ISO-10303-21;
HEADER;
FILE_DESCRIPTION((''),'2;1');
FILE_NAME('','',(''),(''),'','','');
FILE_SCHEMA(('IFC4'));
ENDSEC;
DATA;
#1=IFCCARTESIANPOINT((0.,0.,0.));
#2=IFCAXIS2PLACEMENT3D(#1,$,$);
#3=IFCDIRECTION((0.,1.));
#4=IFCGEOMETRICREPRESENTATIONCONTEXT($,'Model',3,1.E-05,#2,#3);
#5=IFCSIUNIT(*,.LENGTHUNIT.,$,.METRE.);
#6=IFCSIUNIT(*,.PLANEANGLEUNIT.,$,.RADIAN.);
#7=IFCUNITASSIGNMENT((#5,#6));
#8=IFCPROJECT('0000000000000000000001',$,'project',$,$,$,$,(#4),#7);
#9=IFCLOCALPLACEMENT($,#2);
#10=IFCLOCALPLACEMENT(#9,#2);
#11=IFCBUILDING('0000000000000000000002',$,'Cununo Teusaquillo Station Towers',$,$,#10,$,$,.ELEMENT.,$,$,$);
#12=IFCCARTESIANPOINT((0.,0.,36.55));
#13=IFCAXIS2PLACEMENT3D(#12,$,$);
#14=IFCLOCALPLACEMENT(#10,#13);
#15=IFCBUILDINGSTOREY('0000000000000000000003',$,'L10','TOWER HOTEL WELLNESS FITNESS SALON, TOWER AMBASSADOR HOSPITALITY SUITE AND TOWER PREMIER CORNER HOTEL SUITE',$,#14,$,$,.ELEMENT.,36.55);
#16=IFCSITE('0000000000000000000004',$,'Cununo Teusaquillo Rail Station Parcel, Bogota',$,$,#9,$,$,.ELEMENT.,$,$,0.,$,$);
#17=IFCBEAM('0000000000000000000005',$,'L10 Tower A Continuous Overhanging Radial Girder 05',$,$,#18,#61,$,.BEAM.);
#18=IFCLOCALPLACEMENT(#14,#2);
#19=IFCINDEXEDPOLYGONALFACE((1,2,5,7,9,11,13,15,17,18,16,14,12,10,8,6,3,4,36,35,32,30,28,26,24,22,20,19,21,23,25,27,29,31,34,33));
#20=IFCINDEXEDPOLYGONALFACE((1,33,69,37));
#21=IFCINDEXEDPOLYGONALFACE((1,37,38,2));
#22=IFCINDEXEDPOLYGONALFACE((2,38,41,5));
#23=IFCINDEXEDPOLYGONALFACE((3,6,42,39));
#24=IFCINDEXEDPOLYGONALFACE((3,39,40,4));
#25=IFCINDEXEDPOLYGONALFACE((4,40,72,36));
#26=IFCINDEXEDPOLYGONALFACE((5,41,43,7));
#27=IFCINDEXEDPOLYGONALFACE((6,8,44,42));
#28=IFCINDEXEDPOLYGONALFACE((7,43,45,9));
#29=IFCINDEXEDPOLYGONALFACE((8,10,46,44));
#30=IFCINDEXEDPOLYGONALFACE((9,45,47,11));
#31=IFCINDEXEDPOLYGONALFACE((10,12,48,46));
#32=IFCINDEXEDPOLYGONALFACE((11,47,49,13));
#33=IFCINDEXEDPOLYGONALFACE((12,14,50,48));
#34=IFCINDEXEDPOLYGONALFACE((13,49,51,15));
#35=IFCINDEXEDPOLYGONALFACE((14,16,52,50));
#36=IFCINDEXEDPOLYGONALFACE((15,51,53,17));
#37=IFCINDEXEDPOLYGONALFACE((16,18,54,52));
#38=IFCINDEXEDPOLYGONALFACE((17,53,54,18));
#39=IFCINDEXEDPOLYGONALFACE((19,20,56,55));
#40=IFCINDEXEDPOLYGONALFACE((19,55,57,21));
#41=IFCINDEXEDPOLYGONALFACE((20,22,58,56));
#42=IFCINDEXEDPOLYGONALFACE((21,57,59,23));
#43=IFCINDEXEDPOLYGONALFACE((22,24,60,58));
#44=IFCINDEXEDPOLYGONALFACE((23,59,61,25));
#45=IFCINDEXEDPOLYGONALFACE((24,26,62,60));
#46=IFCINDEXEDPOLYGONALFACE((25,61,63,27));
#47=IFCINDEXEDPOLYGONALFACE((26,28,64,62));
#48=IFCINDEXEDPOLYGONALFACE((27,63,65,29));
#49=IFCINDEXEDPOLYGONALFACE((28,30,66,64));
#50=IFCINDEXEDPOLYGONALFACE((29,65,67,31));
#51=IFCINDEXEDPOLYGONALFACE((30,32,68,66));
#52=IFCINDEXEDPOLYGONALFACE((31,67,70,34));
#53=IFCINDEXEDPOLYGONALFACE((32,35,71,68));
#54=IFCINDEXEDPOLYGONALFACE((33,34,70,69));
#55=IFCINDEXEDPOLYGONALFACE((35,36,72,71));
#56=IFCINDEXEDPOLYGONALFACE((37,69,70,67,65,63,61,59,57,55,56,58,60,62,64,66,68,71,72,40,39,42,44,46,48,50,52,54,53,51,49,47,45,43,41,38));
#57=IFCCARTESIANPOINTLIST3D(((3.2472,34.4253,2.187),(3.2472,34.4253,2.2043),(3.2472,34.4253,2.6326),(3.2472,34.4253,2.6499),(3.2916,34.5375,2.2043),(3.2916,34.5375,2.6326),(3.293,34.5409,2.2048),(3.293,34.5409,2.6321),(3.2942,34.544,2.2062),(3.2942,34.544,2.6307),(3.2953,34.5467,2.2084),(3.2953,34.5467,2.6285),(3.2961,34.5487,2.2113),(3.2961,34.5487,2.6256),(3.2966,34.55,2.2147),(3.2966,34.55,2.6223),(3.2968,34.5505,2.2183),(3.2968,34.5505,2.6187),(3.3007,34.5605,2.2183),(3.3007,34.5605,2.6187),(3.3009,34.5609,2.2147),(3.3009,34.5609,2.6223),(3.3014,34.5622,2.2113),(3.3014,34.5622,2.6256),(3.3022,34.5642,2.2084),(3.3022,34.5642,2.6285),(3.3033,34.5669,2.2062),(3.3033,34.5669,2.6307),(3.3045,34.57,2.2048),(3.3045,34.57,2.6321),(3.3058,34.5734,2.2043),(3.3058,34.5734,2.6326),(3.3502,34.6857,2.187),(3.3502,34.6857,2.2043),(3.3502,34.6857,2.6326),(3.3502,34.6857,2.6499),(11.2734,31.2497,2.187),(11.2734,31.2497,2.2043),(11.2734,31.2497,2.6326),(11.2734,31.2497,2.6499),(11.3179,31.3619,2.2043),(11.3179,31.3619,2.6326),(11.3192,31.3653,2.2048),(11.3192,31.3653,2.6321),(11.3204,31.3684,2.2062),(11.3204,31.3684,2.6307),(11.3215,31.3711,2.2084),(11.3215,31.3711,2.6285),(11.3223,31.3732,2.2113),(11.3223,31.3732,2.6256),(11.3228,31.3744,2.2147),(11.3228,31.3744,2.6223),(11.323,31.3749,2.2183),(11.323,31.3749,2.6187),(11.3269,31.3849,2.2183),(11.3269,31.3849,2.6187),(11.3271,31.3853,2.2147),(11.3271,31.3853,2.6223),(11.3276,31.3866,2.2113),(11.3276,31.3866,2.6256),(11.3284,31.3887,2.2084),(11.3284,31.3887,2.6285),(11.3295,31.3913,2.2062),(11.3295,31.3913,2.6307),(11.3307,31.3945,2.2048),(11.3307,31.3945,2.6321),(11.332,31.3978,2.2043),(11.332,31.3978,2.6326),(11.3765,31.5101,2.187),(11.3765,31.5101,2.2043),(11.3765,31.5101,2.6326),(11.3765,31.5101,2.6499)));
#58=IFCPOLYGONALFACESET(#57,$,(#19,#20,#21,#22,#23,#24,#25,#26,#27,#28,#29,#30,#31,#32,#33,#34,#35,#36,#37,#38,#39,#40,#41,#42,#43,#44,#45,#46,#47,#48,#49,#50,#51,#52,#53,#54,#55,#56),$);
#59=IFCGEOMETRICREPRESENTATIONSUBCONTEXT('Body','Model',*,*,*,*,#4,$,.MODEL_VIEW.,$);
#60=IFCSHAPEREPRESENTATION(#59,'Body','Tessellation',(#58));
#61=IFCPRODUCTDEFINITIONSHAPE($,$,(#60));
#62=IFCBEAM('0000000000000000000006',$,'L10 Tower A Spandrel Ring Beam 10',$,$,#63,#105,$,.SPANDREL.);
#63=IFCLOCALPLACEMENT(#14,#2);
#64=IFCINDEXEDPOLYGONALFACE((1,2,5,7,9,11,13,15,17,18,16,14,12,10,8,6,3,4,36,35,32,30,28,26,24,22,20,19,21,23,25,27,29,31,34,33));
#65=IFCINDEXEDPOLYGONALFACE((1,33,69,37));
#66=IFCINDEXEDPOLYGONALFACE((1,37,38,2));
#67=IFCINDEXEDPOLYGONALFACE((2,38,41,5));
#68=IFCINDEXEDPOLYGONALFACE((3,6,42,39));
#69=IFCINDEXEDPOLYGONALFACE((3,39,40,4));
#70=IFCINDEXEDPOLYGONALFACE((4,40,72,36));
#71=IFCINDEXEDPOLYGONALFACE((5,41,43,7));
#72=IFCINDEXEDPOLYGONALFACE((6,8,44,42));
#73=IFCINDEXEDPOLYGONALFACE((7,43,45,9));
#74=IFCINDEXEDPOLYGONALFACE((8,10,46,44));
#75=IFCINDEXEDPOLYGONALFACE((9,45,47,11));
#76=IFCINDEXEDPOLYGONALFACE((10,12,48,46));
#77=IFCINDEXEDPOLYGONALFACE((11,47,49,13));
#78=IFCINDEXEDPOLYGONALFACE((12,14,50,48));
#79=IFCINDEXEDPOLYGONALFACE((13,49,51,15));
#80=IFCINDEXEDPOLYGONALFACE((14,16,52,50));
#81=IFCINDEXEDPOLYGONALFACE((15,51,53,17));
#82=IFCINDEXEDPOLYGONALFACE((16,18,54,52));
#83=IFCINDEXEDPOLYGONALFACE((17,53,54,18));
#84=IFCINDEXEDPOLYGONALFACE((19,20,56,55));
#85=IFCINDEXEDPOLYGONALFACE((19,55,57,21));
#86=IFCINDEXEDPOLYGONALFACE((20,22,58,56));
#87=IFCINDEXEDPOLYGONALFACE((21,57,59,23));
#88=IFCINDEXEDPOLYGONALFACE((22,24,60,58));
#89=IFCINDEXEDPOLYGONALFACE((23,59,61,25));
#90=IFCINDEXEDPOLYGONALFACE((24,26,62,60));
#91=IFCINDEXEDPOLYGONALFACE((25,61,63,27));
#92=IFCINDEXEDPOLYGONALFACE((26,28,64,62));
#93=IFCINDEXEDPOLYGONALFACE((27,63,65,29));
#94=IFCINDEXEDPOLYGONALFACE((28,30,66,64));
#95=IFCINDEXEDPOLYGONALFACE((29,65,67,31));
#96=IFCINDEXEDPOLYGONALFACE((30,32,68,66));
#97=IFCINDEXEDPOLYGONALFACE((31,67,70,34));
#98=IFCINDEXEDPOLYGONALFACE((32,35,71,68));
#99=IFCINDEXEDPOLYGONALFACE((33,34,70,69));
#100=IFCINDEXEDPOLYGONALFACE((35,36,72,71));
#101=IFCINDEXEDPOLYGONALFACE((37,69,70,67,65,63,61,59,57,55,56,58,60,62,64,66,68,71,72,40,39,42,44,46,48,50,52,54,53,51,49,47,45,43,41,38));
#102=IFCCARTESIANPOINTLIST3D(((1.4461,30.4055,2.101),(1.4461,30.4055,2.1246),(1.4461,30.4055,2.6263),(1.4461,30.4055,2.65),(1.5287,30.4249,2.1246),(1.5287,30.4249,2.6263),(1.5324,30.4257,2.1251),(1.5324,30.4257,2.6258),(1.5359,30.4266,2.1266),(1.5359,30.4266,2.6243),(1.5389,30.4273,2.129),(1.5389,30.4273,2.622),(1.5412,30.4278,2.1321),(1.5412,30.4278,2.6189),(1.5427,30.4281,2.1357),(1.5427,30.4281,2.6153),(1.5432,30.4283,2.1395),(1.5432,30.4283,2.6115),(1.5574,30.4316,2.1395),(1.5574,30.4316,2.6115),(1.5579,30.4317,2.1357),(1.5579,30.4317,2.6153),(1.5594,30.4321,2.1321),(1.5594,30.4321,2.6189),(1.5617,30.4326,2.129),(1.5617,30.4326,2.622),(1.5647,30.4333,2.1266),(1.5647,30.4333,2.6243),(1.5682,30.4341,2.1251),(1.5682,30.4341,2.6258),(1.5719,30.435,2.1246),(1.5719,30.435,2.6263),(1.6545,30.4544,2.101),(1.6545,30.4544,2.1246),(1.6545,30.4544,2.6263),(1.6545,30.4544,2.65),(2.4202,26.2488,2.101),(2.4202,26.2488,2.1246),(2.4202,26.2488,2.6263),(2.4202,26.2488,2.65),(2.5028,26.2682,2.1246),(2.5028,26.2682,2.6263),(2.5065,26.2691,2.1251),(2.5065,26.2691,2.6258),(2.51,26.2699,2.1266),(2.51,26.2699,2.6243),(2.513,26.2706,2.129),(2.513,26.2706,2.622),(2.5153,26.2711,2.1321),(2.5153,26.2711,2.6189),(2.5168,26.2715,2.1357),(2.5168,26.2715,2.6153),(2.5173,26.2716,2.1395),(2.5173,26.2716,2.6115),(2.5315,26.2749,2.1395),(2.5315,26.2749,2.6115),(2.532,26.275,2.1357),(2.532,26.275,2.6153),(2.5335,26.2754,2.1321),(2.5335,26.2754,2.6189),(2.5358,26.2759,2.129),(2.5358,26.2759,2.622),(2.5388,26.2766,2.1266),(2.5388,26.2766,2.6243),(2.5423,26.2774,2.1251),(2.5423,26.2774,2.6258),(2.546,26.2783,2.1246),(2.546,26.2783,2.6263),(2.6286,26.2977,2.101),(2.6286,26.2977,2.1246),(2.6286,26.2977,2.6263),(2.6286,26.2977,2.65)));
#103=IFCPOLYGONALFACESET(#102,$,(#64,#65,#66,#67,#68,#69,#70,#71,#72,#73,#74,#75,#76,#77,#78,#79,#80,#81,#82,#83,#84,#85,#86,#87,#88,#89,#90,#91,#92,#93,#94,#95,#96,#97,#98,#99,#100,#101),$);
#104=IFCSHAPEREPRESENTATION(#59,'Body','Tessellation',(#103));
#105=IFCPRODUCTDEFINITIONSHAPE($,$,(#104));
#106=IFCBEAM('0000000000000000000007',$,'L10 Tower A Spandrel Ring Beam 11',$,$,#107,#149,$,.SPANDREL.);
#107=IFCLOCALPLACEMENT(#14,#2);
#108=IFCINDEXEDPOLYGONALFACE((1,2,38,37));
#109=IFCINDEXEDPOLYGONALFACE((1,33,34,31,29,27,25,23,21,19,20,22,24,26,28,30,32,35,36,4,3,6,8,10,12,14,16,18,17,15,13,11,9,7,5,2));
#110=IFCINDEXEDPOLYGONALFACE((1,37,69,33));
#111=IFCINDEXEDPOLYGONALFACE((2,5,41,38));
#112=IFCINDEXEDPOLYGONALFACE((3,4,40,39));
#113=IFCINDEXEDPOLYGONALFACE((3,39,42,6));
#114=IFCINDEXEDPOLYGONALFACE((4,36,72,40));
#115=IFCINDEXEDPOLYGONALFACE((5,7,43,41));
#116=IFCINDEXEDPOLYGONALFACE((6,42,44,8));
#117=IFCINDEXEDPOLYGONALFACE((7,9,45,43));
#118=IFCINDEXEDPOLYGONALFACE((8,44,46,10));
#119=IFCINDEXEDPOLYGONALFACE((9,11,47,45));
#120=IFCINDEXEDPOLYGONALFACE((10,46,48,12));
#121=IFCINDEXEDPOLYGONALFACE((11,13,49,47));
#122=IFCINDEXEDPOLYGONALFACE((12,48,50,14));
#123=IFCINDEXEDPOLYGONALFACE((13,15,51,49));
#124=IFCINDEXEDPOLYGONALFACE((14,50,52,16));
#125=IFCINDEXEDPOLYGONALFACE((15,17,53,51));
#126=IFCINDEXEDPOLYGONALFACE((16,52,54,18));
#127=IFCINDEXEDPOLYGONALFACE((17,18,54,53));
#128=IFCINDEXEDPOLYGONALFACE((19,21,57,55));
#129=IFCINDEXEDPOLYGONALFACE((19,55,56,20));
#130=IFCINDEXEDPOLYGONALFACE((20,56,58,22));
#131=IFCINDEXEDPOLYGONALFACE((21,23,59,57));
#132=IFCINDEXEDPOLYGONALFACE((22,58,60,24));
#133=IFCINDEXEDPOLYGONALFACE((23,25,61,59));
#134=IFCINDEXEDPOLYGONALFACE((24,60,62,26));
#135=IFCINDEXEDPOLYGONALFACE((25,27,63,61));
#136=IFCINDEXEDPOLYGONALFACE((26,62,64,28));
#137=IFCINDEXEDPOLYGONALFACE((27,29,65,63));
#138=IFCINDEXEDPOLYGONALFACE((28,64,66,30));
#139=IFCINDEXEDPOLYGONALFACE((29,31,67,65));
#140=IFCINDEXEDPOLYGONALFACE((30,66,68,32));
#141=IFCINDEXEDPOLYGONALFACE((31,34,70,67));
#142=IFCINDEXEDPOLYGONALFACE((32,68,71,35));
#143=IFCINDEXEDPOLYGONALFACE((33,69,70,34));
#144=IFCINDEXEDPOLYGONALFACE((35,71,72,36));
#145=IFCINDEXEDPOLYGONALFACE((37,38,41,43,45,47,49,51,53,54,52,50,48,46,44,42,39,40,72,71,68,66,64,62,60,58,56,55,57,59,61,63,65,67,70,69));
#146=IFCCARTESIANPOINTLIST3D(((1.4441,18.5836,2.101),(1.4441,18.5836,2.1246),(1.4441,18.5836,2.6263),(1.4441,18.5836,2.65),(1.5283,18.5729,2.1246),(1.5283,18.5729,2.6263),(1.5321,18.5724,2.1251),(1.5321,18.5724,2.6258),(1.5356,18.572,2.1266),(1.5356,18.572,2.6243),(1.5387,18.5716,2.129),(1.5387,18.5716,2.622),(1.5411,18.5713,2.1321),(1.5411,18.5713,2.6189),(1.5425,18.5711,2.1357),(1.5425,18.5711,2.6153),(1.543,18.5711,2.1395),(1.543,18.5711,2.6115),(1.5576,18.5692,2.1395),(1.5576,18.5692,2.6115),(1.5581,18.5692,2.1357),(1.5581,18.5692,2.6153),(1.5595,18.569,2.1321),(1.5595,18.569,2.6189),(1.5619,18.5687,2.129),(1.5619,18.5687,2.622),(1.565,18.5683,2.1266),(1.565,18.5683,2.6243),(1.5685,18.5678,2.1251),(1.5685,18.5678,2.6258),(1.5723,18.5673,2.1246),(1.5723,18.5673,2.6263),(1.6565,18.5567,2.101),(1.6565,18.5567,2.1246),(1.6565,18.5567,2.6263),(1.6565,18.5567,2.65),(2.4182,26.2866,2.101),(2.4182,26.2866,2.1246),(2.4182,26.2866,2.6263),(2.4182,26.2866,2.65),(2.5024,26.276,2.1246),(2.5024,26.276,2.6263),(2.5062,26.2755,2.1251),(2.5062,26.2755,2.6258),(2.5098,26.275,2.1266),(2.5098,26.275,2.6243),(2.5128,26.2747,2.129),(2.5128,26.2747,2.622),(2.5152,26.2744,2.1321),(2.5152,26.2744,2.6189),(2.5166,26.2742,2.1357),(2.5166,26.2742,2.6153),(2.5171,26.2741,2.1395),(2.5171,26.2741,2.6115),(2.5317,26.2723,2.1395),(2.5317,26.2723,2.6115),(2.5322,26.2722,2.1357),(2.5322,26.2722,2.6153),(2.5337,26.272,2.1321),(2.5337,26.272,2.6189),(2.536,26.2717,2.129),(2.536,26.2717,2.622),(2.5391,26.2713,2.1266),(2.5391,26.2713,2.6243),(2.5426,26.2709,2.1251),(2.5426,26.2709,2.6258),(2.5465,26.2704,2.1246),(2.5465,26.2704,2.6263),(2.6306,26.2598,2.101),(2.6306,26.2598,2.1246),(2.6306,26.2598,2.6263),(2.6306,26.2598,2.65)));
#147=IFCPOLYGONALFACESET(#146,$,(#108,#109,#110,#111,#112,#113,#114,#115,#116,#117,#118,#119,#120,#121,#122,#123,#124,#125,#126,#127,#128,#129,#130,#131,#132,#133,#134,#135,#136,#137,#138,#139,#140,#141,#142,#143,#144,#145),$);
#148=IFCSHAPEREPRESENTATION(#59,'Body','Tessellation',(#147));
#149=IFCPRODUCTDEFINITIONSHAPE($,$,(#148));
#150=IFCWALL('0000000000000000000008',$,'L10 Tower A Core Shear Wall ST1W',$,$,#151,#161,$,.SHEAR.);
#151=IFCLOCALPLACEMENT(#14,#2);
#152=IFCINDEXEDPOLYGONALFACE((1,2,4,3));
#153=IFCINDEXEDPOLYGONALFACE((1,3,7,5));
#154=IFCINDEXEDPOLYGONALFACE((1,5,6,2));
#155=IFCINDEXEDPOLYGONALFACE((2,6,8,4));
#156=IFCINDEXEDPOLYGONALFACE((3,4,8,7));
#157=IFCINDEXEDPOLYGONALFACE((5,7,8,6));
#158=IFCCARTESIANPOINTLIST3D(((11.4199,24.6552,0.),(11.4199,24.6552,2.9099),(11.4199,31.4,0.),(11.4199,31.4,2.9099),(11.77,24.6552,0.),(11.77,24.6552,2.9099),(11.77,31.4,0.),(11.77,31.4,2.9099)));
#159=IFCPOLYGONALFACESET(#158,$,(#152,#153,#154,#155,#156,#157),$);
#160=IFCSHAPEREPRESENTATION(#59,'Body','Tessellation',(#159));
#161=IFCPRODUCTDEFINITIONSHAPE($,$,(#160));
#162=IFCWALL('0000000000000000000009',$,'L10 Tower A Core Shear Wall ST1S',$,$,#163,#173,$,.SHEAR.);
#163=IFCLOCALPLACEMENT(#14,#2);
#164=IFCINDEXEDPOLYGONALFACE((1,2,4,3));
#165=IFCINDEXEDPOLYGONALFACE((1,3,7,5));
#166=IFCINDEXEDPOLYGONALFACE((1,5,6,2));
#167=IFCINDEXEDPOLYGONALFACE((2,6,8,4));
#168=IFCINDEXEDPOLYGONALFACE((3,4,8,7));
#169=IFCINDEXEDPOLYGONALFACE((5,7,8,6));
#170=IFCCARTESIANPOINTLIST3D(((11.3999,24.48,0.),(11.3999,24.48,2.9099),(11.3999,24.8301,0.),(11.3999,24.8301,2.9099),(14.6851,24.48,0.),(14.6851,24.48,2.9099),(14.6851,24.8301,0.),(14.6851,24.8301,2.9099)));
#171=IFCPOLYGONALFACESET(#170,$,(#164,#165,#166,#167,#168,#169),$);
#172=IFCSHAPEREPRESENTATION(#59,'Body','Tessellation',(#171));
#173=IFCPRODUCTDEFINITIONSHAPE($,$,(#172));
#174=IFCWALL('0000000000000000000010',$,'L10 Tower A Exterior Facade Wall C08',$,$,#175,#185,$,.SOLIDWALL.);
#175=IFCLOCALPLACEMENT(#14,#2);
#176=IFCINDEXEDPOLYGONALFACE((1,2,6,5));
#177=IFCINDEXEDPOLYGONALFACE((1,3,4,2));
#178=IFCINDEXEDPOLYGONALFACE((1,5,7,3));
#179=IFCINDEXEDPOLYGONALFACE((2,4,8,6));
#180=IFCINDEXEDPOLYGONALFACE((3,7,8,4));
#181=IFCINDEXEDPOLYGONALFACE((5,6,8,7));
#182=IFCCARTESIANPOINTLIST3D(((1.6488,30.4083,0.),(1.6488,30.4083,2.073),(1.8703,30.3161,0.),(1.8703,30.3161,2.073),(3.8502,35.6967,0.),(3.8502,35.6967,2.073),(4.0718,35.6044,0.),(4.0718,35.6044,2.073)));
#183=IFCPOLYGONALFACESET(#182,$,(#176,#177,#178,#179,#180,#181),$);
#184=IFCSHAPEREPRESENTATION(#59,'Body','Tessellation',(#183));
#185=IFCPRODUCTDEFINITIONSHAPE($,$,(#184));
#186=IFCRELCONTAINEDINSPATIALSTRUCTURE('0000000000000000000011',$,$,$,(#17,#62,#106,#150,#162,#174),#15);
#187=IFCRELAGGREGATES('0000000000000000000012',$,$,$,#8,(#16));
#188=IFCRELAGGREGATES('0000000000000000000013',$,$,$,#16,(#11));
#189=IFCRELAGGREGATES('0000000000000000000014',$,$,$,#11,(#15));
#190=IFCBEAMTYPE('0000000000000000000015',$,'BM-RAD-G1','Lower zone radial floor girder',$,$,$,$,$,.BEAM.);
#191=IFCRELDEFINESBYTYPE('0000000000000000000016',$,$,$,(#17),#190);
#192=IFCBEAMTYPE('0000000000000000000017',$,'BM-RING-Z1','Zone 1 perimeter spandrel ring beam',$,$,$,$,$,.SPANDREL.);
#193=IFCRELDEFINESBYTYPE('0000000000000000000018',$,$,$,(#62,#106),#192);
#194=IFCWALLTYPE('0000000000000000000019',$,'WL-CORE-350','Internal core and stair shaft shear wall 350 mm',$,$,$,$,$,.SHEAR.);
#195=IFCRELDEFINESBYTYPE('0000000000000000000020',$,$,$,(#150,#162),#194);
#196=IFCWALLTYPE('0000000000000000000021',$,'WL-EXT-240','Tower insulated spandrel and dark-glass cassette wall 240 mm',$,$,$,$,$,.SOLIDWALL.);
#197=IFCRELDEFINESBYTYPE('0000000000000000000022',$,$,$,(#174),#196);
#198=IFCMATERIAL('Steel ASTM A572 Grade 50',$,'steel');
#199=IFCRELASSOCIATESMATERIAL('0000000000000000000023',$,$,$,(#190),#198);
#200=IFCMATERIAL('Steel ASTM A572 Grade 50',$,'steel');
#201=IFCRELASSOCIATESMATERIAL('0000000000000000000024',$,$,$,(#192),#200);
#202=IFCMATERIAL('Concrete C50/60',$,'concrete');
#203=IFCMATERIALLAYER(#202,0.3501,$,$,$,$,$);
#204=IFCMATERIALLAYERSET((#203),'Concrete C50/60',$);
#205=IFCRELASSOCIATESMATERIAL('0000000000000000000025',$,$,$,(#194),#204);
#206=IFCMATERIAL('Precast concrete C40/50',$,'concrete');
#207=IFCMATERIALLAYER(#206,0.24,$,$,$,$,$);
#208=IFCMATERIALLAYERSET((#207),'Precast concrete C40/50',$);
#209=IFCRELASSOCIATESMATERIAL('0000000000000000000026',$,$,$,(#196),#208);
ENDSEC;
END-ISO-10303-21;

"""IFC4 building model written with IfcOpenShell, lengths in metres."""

from ifc_helpers import new_model, si_unit, direction, frame, frame_2d, origin, origin_2d, place, context, subcontext, project, spatial, rectangle, i_section, extrude, material, layer, layer_set, material_profile, profile_set, type_object, element, save


model = new_model("IFC4")

# Units and contexts
model_context = context("Model", 3, precision=1e-05, world=origin(), true_north=direction((0.0, 1.0)))
body_context = subcontext(model_context, "Body", "Model", "MODEL_VIEW")
ifc_project = project(units=[si_unit("LENGTHUNIT", "METRE"), si_unit("PLANEANGLEUNIT", "RADIAN")], contexts=[model_context])

# Site, building, storey
site_placement = place(None, origin())
site = spatial("IfcSite", under=ifc_project, at=site_placement, Name="Cununo Teusaquillo Rail Station Parcel, Bogota", CompositionType="ELEMENT", RefElevation=0.0)
building_placement = place(site_placement, origin())
building = spatial("IfcBuilding", under=site, at=building_placement, Name="Cununo Teusaquillo Station Towers", CompositionType="ELEMENT")
storey_placement = place(building_placement, frame((0.0, 0.0, 36.55)))
storey = spatial("IfcBuildingStorey", under=building, at=storey_placement, Name="L10", Description="TOWER HOTEL WELLNESS FITNESS SALON, TOWER AMBASSADOR HOSPITALITY SUITE AND TOWER PREMIER CORNER HOTEL SUITE", CompositionType="ELEMENT", Elevation=36.55)

# Beams
ifc_material_1 = material(Name="Steel ASTM A572 Grade 50", Category="steel")
ifc_material_profile_1 = material_profile(ifc_material_1, i_section(OverallWidth=0.28, OverallDepth=0.4629, WebThickness=0.0107, FlangeThickness=0.0173, FilletRadius=0.0139, at=origin_2d()), Name="W18X76")
ifc_profile_set_1 = profile_set([ifc_material_profile_1], Name="Steel ASTM A572 Grade 50")
beam_type_1 = type_object("IfcBeamType", Name="BM-RAD-G1", Description="Lower zone radial floor girder", PredefinedType="BEAM", material=ifc_profile_set_1)
beam_1_placement = place(storey_placement, frame((11.325, 31.3799, 2.4185), z_axis=(-0.929865, 0.367901, 0.0), x_axis=(-0.367901, -0.929865, 0.0)))
element("IfcBeam", 1, at=beam_1_placement, inside=storey, type_object=beam_type_1, Name="L10 Tower A Continuous Overhanging Radial Girder 05", PredefinedType="BEAM", context=body_context, shape_type="SweptSolid", body=[
    extrude(i_section(OverallWidth=0.28, OverallDepth=0.4629, WebThickness=0.0107, FlangeThickness=0.0173, FilletRadius=0.0139, at=origin_2d()), origin(), (0.0, 0.0, 1.0), 8.6316),
])
ifc_material_2 = material(Name="Steel ASTM A572 Grade 50", Category="steel")
ifc_material_profile_2 = material_profile(ifc_material_2, i_section(OverallWidth=0.2141, OverallDepth=0.5491, WebThickness=0.0146, FlangeThickness=0.0237, FilletRadius=0.0149, at=origin_2d()), Name="W21X93")
ifc_profile_set_2 = profile_set([ifc_material_profile_2], Name="Steel ASTM A572 Grade 50")
beam_type_2 = type_object("IfcBeamType", Name="BM-RING-Z1", Description="Zone 1 perimeter spandrel ring beam", PredefinedType="SPANDREL", material=ifc_profile_set_2)
beam_2_placement = place(storey_placement, frame((1.5503, 30.4299, 2.3755), z_axis=(0.228166, -0.973622, 0.0), x_axis=(0.973622, 0.228166, 0.0)))
element("IfcBeam", 2, at=beam_2_placement, inside=storey, type_object=beam_type_2, Name="L10 Tower A Spandrel Ring Beam 10", PredefinedType="SPANDREL", context=body_context, shape_type="SweptSolid", body=[
    extrude(i_section(OverallWidth=0.2141, OverallDepth=0.5491, WebThickness=0.0146, FlangeThickness=0.0237, FilletRadius=0.0149, at=origin_2d()), origin(), (0.0, 0.0, 1.0), 4.2693),
])
beam_3_placement = place(storey_placement, frame((2.5244, 26.2732, 2.3755), z_axis=(-0.125459, -0.992099, 0.0), x_axis=(0.992099, -0.125459, 0.0)))
element("IfcBeam", 3, at=beam_3_placement, inside=storey, type_object=beam_type_2, Name="L10 Tower A Spandrel Ring Beam 11", PredefinedType="SPANDREL", context=body_context, shape_type="SweptSolid", body=[
    extrude(i_section(OverallWidth=0.2141, OverallDepth=0.5491, WebThickness=0.0146, FlangeThickness=0.0237, FilletRadius=0.0149, at=origin_2d()), origin(), (0.0, 0.0, 1.0), 7.7644),
])

# Walls
ifc_material_3 = material(Name="Concrete C50/60", Category="concrete")
ifc_layer_1 = layer(ifc_material_3, 0.3501)
ifc_layer_set_1 = layer_set([ifc_layer_1], Name="Concrete C50/60")
wall_type_1 = type_object("IfcWallType", Name="WL-CORE-350", Description="Internal core and stair shaft shear wall 350 mm", PredefinedType="SHEAR", material=ifc_layer_set_1)
wall_1_placement = place(storey_placement, frame((11.595, 24.655, 0.0), z_axis=(0.0, 0.0, 1.0), x_axis=(0.0, 1.0, 0.0)))
element("IfcWall", 4, at=wall_1_placement, inside=storey, type_object=wall_type_1, Name="L10 Tower A Core Shear Wall ST1W", PredefinedType="SHEAR", context=body_context, shape_type="SweptSolid", body=[
    extrude(rectangle(XDim=6.7449, YDim=0.3501, at=frame_2d((3.3726, 0.0))), origin(), (0.0, 0.0, 1.0), 2.9099),
])
wall_2_placement = place(storey_placement, frame((11.3999, 24.655, 0.0), z_axis=(0.0, 0.0, 1.0), x_axis=(1.0, 0.0, 0.0)))
element("IfcWall", 5, at=wall_2_placement, inside=storey, type_object=wall_type_1, Name="L10 Tower A Core Shear Wall ST1S", PredefinedType="SHEAR", context=body_context, shape_type="SweptSolid", body=[
    extrude(rectangle(XDim=3.2852, YDim=0.3501, at=frame_2d((1.6426, 0.0))), origin(), (0.0, 0.0, 1.0), 2.9099),
])
ifc_material_4 = material(Name="Precast concrete C40/50", Category="concrete")
ifc_layer_2 = layer(ifc_material_4, 0.24)
ifc_layer_set_2 = layer_set([ifc_layer_2], Name="Precast concrete C40/50")
wall_type_2 = type_object("IfcWallType", Name="WL-EXT-240", Description="Tower insulated spandrel and dark-glass cassette wall 240 mm", PredefinedType="SOLIDWALL", material=ifc_layer_set_2)
wall_3_placement = place(storey_placement, frame((1.7595, 30.3621, 0.0), z_axis=(0.0, 0.0, 1.0), x_axis=(0.38431, 0.923204, 0.0)))
element("IfcWall", 6, at=wall_3_placement, inside=storey, type_object=wall_type_2, Name="L10 Tower A Exterior Facade Wall C08", PredefinedType="SOLIDWALL", context=body_context, shape_type="SweptSolid", body=[
    extrude(rectangle(XDim=5.7283, YDim=0.24, at=frame_2d((2.8643, 0.0))), origin(), (0.0, 0.0, 1.0), 2.073),
])

save(model, "model.ifc")
